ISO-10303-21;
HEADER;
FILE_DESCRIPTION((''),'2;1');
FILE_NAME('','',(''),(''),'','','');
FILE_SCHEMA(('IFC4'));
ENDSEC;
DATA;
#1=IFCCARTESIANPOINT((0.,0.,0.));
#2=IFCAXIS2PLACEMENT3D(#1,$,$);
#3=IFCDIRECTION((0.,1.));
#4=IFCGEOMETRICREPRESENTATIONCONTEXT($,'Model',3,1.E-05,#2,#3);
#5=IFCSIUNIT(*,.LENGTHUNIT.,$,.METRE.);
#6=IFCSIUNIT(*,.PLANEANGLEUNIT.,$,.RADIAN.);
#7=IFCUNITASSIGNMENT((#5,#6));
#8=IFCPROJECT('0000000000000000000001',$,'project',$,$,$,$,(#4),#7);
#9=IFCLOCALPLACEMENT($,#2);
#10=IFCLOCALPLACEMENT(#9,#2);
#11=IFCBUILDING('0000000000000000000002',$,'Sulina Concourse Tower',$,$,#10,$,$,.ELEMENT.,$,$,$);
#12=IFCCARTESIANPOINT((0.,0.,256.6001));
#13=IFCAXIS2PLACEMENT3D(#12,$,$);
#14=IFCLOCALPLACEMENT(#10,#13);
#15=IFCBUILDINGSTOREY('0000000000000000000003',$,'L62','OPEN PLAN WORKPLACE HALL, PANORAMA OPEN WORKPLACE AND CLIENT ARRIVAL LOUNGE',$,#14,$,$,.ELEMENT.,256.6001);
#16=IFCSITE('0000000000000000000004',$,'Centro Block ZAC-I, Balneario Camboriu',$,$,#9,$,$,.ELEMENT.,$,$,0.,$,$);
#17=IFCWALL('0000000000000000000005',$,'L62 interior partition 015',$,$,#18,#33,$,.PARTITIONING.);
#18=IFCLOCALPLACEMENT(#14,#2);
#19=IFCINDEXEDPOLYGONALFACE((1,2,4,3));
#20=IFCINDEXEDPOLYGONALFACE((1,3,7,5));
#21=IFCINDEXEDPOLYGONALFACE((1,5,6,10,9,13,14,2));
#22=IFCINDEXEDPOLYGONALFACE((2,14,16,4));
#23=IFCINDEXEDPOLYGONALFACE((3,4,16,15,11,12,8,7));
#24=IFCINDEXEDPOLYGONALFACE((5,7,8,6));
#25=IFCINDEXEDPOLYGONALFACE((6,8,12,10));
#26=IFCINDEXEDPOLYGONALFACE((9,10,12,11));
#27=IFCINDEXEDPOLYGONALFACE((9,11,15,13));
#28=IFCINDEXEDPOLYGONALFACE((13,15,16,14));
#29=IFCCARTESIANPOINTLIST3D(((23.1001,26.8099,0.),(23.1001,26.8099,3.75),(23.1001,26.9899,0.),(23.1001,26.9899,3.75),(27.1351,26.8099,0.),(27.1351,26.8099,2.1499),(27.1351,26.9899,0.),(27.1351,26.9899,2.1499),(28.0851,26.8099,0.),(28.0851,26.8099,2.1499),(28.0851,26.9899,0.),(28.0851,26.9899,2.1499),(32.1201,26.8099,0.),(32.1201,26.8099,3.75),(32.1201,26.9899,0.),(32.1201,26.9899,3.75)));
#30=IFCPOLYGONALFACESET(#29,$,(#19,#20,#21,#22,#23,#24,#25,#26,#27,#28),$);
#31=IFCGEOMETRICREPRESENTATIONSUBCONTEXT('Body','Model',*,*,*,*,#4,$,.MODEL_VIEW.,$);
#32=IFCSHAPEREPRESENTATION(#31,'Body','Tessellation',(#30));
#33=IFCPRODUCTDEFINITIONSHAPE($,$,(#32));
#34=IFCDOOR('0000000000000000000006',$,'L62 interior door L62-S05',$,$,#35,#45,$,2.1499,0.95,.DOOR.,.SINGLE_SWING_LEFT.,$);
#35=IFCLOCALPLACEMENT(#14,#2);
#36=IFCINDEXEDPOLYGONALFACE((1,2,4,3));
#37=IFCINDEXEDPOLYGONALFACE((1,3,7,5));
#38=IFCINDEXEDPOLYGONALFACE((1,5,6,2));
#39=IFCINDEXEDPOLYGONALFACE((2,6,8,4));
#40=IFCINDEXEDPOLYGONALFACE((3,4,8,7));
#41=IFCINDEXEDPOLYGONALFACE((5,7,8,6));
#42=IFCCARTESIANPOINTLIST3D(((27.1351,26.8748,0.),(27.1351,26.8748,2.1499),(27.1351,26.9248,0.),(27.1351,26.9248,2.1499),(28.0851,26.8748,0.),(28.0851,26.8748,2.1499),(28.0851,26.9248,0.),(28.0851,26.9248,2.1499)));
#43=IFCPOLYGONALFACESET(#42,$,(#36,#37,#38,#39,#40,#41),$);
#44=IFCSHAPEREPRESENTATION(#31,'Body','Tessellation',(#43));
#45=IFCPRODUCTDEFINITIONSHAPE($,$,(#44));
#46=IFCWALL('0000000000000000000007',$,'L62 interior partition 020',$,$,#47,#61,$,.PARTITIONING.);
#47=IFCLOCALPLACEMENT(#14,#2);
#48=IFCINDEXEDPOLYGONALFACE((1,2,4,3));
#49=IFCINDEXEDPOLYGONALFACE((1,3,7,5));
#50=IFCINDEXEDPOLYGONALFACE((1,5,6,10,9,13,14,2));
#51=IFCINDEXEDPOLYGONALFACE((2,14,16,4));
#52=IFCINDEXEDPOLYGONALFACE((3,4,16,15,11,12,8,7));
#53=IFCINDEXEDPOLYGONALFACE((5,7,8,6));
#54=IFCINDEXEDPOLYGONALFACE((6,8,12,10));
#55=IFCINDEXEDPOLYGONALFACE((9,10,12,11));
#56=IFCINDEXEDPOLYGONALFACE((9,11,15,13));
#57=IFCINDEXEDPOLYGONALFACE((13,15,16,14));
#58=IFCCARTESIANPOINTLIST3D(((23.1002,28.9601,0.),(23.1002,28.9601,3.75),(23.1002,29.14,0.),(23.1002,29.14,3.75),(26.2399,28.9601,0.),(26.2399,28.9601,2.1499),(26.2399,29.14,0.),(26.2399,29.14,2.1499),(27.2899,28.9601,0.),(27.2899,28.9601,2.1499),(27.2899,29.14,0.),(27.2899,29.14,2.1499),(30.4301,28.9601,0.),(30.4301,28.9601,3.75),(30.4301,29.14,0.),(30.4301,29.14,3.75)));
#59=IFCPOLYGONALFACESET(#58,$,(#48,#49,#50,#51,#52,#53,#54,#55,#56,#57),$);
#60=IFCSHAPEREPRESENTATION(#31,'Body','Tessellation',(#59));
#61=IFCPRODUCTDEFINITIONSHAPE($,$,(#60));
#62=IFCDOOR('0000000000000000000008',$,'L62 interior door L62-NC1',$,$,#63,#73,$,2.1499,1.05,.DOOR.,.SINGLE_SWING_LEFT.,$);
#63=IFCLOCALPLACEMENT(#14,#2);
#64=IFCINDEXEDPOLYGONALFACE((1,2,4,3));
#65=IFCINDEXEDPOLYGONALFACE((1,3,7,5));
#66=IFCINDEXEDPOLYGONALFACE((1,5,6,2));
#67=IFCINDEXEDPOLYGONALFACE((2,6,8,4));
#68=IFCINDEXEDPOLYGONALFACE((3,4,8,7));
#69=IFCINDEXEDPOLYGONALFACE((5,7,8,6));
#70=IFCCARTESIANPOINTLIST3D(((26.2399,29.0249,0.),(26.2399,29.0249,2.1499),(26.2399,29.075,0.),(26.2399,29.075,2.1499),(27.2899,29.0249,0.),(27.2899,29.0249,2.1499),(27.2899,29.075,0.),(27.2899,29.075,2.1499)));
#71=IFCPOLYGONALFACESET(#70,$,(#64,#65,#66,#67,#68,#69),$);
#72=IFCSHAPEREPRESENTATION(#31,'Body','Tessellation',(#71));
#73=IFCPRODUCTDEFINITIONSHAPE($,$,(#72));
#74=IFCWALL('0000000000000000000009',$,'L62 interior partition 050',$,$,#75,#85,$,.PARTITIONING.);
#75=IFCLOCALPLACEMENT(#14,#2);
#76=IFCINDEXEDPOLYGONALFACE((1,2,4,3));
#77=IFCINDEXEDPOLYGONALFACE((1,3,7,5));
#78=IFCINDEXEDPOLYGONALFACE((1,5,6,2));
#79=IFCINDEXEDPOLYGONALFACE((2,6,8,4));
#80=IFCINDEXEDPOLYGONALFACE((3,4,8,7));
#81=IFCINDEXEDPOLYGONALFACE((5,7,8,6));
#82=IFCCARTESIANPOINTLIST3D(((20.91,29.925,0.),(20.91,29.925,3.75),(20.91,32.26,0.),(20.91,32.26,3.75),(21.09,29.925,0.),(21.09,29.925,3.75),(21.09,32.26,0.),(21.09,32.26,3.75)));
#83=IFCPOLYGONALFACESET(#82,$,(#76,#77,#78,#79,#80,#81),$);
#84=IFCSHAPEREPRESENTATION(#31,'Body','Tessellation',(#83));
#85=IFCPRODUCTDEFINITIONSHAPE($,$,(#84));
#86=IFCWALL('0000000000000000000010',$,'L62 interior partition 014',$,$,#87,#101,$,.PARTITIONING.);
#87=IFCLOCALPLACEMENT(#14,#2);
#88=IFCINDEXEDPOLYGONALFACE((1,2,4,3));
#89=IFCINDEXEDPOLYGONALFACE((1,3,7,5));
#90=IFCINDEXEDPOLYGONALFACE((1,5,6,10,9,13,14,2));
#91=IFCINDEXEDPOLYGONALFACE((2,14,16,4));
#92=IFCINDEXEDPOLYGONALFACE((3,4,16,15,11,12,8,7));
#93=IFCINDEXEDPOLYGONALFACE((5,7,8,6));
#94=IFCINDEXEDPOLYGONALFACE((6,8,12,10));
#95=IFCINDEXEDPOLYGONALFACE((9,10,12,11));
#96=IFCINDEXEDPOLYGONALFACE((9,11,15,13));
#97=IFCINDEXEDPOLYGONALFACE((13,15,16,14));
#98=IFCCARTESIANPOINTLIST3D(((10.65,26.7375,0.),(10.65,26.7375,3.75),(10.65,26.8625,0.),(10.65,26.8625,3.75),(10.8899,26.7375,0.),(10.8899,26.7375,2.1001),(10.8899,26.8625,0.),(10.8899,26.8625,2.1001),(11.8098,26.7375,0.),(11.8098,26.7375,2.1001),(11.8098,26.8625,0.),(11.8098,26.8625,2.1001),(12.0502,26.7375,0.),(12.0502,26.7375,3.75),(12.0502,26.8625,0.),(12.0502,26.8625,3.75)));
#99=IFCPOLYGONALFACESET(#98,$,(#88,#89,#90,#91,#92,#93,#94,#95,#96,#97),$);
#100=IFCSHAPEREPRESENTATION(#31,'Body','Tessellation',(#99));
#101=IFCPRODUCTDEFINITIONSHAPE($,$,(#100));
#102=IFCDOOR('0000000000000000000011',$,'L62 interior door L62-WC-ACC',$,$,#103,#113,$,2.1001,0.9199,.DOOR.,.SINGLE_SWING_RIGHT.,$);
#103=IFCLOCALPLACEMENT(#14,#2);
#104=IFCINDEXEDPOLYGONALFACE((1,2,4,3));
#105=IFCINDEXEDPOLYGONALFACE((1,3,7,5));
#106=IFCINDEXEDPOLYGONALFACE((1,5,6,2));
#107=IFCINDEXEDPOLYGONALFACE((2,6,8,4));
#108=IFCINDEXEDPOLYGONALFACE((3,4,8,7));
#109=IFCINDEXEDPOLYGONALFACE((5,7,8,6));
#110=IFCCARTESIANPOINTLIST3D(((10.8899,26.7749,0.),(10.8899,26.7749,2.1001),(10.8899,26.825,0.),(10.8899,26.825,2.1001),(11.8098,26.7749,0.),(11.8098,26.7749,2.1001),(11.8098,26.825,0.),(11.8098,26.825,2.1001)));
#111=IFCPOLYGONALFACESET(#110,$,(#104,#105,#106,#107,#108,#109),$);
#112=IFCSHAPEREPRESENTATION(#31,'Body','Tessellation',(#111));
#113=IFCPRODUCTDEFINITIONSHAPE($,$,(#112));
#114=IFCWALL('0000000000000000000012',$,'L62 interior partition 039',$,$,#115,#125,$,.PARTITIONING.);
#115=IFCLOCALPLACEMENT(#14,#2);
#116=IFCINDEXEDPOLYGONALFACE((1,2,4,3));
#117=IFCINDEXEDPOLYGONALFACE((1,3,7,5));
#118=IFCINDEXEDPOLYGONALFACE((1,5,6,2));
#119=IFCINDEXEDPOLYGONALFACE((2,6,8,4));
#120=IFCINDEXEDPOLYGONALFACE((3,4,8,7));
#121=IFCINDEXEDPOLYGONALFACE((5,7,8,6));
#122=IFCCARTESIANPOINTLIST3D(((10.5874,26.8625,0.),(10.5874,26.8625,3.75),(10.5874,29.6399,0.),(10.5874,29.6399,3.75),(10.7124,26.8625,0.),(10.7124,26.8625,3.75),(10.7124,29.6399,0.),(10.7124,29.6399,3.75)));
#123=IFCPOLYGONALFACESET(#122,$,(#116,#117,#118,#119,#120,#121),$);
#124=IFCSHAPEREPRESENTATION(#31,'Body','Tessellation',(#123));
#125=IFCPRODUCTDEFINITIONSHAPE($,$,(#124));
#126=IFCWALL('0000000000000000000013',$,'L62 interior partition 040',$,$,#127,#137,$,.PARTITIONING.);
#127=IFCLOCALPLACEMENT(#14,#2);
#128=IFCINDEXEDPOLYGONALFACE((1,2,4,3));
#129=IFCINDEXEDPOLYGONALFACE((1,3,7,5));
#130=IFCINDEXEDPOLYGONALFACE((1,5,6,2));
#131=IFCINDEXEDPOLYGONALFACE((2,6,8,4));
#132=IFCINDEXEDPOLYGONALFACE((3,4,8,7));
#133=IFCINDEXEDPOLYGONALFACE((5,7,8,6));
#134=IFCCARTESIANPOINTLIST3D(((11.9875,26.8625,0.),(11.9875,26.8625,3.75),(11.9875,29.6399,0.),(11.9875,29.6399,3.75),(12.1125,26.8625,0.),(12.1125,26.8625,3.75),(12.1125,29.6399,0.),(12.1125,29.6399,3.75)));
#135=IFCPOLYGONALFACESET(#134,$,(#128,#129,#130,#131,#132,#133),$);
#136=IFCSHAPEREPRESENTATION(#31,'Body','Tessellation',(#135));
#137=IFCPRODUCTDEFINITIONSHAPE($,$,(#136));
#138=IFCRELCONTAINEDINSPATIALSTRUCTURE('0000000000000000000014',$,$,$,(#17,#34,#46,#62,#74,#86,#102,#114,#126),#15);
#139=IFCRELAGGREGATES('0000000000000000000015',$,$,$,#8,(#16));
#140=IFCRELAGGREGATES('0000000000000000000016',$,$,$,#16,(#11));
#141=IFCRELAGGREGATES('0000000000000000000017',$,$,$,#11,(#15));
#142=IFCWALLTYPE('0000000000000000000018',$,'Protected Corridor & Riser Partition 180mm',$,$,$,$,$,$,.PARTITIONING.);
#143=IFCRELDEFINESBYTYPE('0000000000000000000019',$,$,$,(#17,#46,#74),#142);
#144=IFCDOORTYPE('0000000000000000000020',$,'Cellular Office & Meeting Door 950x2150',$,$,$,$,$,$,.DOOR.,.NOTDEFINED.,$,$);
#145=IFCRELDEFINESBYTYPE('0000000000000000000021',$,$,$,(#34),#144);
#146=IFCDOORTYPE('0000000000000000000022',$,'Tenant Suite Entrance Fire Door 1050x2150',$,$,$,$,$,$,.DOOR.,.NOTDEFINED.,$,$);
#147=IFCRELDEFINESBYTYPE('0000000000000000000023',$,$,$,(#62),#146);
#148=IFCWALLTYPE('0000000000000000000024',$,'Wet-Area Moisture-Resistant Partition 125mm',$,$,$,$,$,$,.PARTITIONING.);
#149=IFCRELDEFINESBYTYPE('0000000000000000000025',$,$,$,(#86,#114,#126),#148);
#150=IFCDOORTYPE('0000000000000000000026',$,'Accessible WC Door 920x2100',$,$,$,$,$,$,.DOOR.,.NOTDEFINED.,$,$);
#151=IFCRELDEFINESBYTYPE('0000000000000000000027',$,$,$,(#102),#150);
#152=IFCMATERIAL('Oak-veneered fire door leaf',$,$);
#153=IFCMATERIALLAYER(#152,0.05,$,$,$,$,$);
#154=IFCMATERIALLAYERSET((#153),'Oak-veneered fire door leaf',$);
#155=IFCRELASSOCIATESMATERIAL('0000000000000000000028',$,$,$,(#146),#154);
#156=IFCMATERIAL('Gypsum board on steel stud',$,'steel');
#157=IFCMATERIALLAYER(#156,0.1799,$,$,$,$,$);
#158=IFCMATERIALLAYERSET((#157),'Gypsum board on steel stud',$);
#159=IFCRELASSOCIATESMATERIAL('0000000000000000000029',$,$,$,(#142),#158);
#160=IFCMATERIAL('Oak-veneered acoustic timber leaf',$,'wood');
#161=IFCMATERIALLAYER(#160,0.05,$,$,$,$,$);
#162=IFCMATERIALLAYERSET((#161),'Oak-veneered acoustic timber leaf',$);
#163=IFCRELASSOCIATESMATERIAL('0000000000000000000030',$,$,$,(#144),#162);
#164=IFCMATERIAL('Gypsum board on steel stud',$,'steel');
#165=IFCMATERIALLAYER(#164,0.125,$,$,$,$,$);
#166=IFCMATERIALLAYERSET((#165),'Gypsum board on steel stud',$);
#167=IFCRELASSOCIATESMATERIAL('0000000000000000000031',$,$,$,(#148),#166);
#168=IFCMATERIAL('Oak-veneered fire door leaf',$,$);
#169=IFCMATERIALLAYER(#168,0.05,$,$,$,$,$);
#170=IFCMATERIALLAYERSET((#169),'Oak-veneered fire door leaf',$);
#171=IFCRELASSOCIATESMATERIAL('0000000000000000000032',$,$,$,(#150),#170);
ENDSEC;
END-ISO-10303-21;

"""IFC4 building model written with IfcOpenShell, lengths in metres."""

from ifc_helpers import new_model, si_unit, direction, frame, frame_2d, origin, place, context, subcontext, project, spatial, rectangle, extrude, material, layer, layer_set, type_object, element, fill, save


model = new_model("IFC4")

# Units and contexts
model_context = context("Model", 3, precision=1e-05, world=origin(), true_north=direction((0.0, 1.0)))
body_context = subcontext(model_context, "Body", "Model", "MODEL_VIEW")
ifc_project = project(units=[si_unit("LENGTHUNIT", "METRE"), si_unit("PLANEANGLEUNIT", "RADIAN")], contexts=[model_context])

# Site, building, storey
site_placement = place(None, origin())
site = spatial("IfcSite", under=ifc_project, at=site_placement, Name="Centro Block ZAC-I, Balneario Camboriu", CompositionType="ELEMENT", RefElevation=0.0)
building_placement = place(site_placement, origin())
building = spatial("IfcBuilding", under=site, at=building_placement, Name="Sulina Concourse Tower", CompositionType="ELEMENT")
storey_placement = place(building_placement, frame((0.0, 0.0, 256.6001)))
storey = spatial("IfcBuildingStorey", under=building, at=storey_placement, Name="L62", Description="OPEN PLAN WORKPLACE HALL, PANORAMA OPEN WORKPLACE AND CLIENT ARRIVAL LOUNGE", CompositionType="ELEMENT", Elevation=256.6001)

# Shared definitions
ifc_material_1 = material(Name="Oak-veneered fire door leaf")
ifc_layer_1 = layer(ifc_material_1, 0.05)
ifc_layer_set_1 = layer_set([ifc_layer_1], Name="Oak-veneered fire door leaf")
door_type_1 = type_object("IfcDoorType", Name="Tenant Suite Entrance Fire Door 1050x2150", OperationType="NOTDEFINED", PredefinedType="DOOR", material=ifc_layer_set_1)

# Walls, openings, doors
ifc_material_2 = material(Name="Gypsum board on steel stud", Category="steel")
ifc_layer_2 = layer(ifc_material_2, 0.1799)
ifc_layer_set_2 = layer_set([ifc_layer_2], Name="Gypsum board on steel stud")
wall_type_1 = type_object("IfcWallType", Name="Protected Corridor & Riser Partition 180mm", PredefinedType="PARTITIONING", material=ifc_layer_set_2)
wall_1_placement = place(storey_placement, frame((23.1001, 26.8999, 0.0), z_axis=(0.0, 0.0, 1.0), x_axis=(1.0, 0.0, 0.0)))
wall_1 = element("IfcWall", 1, at=wall_1_placement, inside=storey, type_object=wall_type_1, Name="L62 interior partition 015", PredefinedType="PARTITIONING", context=body_context, shape_type="SweptSolid", body=[
    extrude(rectangle(XDim=9.02, YDim=0.1799, at=frame_2d((4.51, 0.0))), origin(), (0.0, 0.0, 1.0), 3.75),
])
opening_1_placement = place(wall_1_placement, frame((4.0349, 0.0, 0.0)))
opening_1 = element("IfcOpeningElement", 2, at=opening_1_placement, cuts=wall_1, PredefinedType="OPENING", context=body_context, shape_type="SweptSolid", body=[
    extrude(rectangle(XDim=0.95, YDim=2.1499, at=frame_2d((0.4751, 1.075))), frame((0.0, 0.0999, 0.0), z_axis=(0.0, -1.0, 0.0), x_axis=(1.0, 0.0, 0.0)), (0.0, 0.0, 1.0), 0.2),
])
ifc_material_3 = material(Name="Oak-veneered acoustic timber leaf", Category="wood")
ifc_layer_3 = layer(ifc_material_3, 0.05)
ifc_layer_set_3 = layer_set([ifc_layer_3], Name="Oak-veneered acoustic timber leaf")
door_type_2 = type_object("IfcDoorType", Name="Cellular Office & Meeting Door 950x2150", OperationType="NOTDEFINED", PredefinedType="DOOR", material=ifc_layer_set_3)
door_1_placement = place(opening_1_placement, origin())
door_1 = element("IfcDoor", 3, at=door_1_placement, inside=storey, type_object=door_type_2, Name="L62 interior door L62-S05", OperationType="SINGLE_SWING_LEFT", OverallHeight=2.1499, OverallWidth=0.95, PredefinedType="DOOR", context=body_context, shape_type="SweptSolid", body=[
    extrude(rectangle(XDim=0.95, YDim=2.1499, at=frame_2d((0.4751, 1.075))), frame((0.0, 0.0249, 0.0), z_axis=(0.0, -1.0, 0.0), x_axis=(1.0, 0.0, 0.0)), (0.0, 0.0, 1.0), 0.05),
])
fill(opening_1, door_1)
wall_2_placement = place(storey_placement, frame((23.1001, 29.05, 0.0), z_axis=(0.0, 0.0, 1.0), x_axis=(1.0, 0.0, 0.0)))
wall_2 = element("IfcWall", 4, at=wall_2_placement, inside=storey, type_object=wall_type_1, Name="L62 interior partition 020", PredefinedType="PARTITIONING", context=body_context, shape_type="SweptSolid", body=[
    extrude(rectangle(XDim=7.3298, YDim=0.1799, at=frame_2d((3.665, 0.0))), origin(), (0.0, 0.0, 1.0), 3.75),
])
opening_2_placement = place(wall_2_placement, frame((3.1399, 0.0, 0.0)))
opening_2 = element("IfcOpeningElement", 5, at=opening_2_placement, cuts=wall_2, PredefinedType="OPENING", context=body_context, shape_type="SweptSolid", body=[
    extrude(rectangle(XDim=1.05, YDim=2.1499, at=frame_2d((0.5249, 1.075))), frame((0.0, 0.0999, 0.0), z_axis=(0.0, -1.0, 0.0), x_axis=(1.0, 0.0, 0.0)), (0.0, 0.0, 1.0), 0.2),
])
door_2_placement = place(opening_2_placement, origin())
door_2 = element("IfcDoor", 6, at=door_2_placement, inside=storey, type_object=door_type_1, Name="L62 interior door L62-NC1", OperationType="SINGLE_SWING_LEFT", OverallHeight=2.1499, OverallWidth=1.05, PredefinedType="DOOR", context=body_context, shape_type="SweptSolid", body=[
    extrude(rectangle(XDim=1.05, YDim=2.1499, at=frame_2d((0.5249, 1.075))), frame((0.0, 0.0249, 0.0), z_axis=(0.0, -1.0, 0.0), x_axis=(1.0, 0.0, 0.0)), (0.0, 0.0, 1.0), 0.05),
])
fill(opening_2, door_2)

# Wall
wall_3_placement = place(storey_placement, frame((21.0, 29.925, 0.0), z_axis=(0.0, 0.0, 1.0), x_axis=(0.0, 1.0, 0.0)))
element("IfcWall", 7, at=wall_3_placement, inside=storey, type_object=wall_type_1, Name="L62 interior partition 050", PredefinedType="PARTITIONING", context=body_context, shape_type="SweptSolid", body=[
    extrude(rectangle(XDim=2.335, YDim=0.1799, at=frame_2d((1.1675, 0.0))), origin(), (0.0, 0.0, 1.0), 3.75),
])

# Wall, opening, door
ifc_material_4 = material(Name="Gypsum board on steel stud", Category="steel")
ifc_layer_4 = layer(ifc_material_4, 0.125)
ifc_layer_set_4 = layer_set([ifc_layer_4], Name="Gypsum board on steel stud")
wall_type_2 = type_object("IfcWallType", Name="Wet-Area Moisture-Resistant Partition 125mm", PredefinedType="PARTITIONING", material=ifc_layer_set_4)
wall_4_placement = place(storey_placement, frame((10.6499, 26.8, 0.0), z_axis=(0.0, 0.0, 1.0), x_axis=(1.0, 0.0, 0.0)))
wall_4 = element("IfcWall", 8, at=wall_4_placement, inside=storey, type_object=wall_type_2, Name="L62 interior partition 014", PredefinedType="PARTITIONING", context=body_context, shape_type="SweptSolid", body=[
    extrude(rectangle(XDim=1.4001, YDim=0.125, at=frame_2d((0.7002, 0.0))), origin(), (0.0, 0.0, 1.0), 3.75),
])
opening_3_placement = place(wall_4_placement, frame((0.24, 0.0, 0.0)))
opening_3 = element("IfcOpeningElement", 9, at=opening_3_placement, cuts=wall_4, PredefinedType="OPENING", context=body_context, shape_type="SweptSolid", body=[
    extrude(rectangle(XDim=0.9199, YDim=2.1001, at=frame_2d((0.46, 1.05))), frame((0.0, 0.0725, 0.0), z_axis=(0.0, -1.0, 0.0), x_axis=(1.0, 0.0, 0.0)), (0.0, 0.0, 1.0), 0.145),
])
ifc_material_5 = material(Name="Oak-veneered fire door leaf")
ifc_layer_5 = layer(ifc_material_5, 0.05)
ifc_layer_set_5 = layer_set([ifc_layer_5], Name="Oak-veneered fire door leaf")
door_type_3 = type_object("IfcDoorType", Name="Accessible WC Door 920x2100", OperationType="NOTDEFINED", PredefinedType="DOOR", material=ifc_layer_set_5)
door_3_placement = place(opening_3_placement, origin())
door_3 = element("IfcDoor", 10, at=door_3_placement, inside=storey, type_object=door_type_3, Name="L62 interior door L62-WC-ACC", OperationType="SINGLE_SWING_RIGHT", OverallHeight=2.1001, OverallWidth=0.9199, PredefinedType="DOOR", context=body_context, shape_type="SweptSolid", body=[
    extrude(rectangle(XDim=0.9199, YDim=2.1001, at=frame_2d((0.46, 1.05))), frame((0.0, 0.0249, 0.0), z_axis=(0.0, -1.0, 0.0), x_axis=(1.0, 0.0, 0.0)), (0.0, 0.0, 1.0), 0.05),
])
fill(opening_3, door_3)

# Walls
for number, where, z_axis, x_axis, name in (
    (11, (10.6499, 26.8625, 0.0), (0.0, 0.0, 1.0), (0.0, 1.0, 0.0), "L62 interior partition 039"),
    (12, (12.05, 26.8625, 0.0), (0.0, 0.0, 1.0), (0.0, 1.0, 0.0), "L62 interior partition 040"),
):
    element("IfcWall", number, at=place(storey_placement, frame(where, z_axis=z_axis, x_axis=x_axis)), inside=storey, type_object=wall_type_2, Name=name, PredefinedType="PARTITIONING", context=body_context, shape_type="SweptSolid", body=[
        extrude(rectangle(XDim=2.7773, YDim=0.125, at=frame_2d((1.3887, 0.0))), origin(), (0.0, 0.0, 1.0), 3.75),
    ])

save(model, "model.ifc")
